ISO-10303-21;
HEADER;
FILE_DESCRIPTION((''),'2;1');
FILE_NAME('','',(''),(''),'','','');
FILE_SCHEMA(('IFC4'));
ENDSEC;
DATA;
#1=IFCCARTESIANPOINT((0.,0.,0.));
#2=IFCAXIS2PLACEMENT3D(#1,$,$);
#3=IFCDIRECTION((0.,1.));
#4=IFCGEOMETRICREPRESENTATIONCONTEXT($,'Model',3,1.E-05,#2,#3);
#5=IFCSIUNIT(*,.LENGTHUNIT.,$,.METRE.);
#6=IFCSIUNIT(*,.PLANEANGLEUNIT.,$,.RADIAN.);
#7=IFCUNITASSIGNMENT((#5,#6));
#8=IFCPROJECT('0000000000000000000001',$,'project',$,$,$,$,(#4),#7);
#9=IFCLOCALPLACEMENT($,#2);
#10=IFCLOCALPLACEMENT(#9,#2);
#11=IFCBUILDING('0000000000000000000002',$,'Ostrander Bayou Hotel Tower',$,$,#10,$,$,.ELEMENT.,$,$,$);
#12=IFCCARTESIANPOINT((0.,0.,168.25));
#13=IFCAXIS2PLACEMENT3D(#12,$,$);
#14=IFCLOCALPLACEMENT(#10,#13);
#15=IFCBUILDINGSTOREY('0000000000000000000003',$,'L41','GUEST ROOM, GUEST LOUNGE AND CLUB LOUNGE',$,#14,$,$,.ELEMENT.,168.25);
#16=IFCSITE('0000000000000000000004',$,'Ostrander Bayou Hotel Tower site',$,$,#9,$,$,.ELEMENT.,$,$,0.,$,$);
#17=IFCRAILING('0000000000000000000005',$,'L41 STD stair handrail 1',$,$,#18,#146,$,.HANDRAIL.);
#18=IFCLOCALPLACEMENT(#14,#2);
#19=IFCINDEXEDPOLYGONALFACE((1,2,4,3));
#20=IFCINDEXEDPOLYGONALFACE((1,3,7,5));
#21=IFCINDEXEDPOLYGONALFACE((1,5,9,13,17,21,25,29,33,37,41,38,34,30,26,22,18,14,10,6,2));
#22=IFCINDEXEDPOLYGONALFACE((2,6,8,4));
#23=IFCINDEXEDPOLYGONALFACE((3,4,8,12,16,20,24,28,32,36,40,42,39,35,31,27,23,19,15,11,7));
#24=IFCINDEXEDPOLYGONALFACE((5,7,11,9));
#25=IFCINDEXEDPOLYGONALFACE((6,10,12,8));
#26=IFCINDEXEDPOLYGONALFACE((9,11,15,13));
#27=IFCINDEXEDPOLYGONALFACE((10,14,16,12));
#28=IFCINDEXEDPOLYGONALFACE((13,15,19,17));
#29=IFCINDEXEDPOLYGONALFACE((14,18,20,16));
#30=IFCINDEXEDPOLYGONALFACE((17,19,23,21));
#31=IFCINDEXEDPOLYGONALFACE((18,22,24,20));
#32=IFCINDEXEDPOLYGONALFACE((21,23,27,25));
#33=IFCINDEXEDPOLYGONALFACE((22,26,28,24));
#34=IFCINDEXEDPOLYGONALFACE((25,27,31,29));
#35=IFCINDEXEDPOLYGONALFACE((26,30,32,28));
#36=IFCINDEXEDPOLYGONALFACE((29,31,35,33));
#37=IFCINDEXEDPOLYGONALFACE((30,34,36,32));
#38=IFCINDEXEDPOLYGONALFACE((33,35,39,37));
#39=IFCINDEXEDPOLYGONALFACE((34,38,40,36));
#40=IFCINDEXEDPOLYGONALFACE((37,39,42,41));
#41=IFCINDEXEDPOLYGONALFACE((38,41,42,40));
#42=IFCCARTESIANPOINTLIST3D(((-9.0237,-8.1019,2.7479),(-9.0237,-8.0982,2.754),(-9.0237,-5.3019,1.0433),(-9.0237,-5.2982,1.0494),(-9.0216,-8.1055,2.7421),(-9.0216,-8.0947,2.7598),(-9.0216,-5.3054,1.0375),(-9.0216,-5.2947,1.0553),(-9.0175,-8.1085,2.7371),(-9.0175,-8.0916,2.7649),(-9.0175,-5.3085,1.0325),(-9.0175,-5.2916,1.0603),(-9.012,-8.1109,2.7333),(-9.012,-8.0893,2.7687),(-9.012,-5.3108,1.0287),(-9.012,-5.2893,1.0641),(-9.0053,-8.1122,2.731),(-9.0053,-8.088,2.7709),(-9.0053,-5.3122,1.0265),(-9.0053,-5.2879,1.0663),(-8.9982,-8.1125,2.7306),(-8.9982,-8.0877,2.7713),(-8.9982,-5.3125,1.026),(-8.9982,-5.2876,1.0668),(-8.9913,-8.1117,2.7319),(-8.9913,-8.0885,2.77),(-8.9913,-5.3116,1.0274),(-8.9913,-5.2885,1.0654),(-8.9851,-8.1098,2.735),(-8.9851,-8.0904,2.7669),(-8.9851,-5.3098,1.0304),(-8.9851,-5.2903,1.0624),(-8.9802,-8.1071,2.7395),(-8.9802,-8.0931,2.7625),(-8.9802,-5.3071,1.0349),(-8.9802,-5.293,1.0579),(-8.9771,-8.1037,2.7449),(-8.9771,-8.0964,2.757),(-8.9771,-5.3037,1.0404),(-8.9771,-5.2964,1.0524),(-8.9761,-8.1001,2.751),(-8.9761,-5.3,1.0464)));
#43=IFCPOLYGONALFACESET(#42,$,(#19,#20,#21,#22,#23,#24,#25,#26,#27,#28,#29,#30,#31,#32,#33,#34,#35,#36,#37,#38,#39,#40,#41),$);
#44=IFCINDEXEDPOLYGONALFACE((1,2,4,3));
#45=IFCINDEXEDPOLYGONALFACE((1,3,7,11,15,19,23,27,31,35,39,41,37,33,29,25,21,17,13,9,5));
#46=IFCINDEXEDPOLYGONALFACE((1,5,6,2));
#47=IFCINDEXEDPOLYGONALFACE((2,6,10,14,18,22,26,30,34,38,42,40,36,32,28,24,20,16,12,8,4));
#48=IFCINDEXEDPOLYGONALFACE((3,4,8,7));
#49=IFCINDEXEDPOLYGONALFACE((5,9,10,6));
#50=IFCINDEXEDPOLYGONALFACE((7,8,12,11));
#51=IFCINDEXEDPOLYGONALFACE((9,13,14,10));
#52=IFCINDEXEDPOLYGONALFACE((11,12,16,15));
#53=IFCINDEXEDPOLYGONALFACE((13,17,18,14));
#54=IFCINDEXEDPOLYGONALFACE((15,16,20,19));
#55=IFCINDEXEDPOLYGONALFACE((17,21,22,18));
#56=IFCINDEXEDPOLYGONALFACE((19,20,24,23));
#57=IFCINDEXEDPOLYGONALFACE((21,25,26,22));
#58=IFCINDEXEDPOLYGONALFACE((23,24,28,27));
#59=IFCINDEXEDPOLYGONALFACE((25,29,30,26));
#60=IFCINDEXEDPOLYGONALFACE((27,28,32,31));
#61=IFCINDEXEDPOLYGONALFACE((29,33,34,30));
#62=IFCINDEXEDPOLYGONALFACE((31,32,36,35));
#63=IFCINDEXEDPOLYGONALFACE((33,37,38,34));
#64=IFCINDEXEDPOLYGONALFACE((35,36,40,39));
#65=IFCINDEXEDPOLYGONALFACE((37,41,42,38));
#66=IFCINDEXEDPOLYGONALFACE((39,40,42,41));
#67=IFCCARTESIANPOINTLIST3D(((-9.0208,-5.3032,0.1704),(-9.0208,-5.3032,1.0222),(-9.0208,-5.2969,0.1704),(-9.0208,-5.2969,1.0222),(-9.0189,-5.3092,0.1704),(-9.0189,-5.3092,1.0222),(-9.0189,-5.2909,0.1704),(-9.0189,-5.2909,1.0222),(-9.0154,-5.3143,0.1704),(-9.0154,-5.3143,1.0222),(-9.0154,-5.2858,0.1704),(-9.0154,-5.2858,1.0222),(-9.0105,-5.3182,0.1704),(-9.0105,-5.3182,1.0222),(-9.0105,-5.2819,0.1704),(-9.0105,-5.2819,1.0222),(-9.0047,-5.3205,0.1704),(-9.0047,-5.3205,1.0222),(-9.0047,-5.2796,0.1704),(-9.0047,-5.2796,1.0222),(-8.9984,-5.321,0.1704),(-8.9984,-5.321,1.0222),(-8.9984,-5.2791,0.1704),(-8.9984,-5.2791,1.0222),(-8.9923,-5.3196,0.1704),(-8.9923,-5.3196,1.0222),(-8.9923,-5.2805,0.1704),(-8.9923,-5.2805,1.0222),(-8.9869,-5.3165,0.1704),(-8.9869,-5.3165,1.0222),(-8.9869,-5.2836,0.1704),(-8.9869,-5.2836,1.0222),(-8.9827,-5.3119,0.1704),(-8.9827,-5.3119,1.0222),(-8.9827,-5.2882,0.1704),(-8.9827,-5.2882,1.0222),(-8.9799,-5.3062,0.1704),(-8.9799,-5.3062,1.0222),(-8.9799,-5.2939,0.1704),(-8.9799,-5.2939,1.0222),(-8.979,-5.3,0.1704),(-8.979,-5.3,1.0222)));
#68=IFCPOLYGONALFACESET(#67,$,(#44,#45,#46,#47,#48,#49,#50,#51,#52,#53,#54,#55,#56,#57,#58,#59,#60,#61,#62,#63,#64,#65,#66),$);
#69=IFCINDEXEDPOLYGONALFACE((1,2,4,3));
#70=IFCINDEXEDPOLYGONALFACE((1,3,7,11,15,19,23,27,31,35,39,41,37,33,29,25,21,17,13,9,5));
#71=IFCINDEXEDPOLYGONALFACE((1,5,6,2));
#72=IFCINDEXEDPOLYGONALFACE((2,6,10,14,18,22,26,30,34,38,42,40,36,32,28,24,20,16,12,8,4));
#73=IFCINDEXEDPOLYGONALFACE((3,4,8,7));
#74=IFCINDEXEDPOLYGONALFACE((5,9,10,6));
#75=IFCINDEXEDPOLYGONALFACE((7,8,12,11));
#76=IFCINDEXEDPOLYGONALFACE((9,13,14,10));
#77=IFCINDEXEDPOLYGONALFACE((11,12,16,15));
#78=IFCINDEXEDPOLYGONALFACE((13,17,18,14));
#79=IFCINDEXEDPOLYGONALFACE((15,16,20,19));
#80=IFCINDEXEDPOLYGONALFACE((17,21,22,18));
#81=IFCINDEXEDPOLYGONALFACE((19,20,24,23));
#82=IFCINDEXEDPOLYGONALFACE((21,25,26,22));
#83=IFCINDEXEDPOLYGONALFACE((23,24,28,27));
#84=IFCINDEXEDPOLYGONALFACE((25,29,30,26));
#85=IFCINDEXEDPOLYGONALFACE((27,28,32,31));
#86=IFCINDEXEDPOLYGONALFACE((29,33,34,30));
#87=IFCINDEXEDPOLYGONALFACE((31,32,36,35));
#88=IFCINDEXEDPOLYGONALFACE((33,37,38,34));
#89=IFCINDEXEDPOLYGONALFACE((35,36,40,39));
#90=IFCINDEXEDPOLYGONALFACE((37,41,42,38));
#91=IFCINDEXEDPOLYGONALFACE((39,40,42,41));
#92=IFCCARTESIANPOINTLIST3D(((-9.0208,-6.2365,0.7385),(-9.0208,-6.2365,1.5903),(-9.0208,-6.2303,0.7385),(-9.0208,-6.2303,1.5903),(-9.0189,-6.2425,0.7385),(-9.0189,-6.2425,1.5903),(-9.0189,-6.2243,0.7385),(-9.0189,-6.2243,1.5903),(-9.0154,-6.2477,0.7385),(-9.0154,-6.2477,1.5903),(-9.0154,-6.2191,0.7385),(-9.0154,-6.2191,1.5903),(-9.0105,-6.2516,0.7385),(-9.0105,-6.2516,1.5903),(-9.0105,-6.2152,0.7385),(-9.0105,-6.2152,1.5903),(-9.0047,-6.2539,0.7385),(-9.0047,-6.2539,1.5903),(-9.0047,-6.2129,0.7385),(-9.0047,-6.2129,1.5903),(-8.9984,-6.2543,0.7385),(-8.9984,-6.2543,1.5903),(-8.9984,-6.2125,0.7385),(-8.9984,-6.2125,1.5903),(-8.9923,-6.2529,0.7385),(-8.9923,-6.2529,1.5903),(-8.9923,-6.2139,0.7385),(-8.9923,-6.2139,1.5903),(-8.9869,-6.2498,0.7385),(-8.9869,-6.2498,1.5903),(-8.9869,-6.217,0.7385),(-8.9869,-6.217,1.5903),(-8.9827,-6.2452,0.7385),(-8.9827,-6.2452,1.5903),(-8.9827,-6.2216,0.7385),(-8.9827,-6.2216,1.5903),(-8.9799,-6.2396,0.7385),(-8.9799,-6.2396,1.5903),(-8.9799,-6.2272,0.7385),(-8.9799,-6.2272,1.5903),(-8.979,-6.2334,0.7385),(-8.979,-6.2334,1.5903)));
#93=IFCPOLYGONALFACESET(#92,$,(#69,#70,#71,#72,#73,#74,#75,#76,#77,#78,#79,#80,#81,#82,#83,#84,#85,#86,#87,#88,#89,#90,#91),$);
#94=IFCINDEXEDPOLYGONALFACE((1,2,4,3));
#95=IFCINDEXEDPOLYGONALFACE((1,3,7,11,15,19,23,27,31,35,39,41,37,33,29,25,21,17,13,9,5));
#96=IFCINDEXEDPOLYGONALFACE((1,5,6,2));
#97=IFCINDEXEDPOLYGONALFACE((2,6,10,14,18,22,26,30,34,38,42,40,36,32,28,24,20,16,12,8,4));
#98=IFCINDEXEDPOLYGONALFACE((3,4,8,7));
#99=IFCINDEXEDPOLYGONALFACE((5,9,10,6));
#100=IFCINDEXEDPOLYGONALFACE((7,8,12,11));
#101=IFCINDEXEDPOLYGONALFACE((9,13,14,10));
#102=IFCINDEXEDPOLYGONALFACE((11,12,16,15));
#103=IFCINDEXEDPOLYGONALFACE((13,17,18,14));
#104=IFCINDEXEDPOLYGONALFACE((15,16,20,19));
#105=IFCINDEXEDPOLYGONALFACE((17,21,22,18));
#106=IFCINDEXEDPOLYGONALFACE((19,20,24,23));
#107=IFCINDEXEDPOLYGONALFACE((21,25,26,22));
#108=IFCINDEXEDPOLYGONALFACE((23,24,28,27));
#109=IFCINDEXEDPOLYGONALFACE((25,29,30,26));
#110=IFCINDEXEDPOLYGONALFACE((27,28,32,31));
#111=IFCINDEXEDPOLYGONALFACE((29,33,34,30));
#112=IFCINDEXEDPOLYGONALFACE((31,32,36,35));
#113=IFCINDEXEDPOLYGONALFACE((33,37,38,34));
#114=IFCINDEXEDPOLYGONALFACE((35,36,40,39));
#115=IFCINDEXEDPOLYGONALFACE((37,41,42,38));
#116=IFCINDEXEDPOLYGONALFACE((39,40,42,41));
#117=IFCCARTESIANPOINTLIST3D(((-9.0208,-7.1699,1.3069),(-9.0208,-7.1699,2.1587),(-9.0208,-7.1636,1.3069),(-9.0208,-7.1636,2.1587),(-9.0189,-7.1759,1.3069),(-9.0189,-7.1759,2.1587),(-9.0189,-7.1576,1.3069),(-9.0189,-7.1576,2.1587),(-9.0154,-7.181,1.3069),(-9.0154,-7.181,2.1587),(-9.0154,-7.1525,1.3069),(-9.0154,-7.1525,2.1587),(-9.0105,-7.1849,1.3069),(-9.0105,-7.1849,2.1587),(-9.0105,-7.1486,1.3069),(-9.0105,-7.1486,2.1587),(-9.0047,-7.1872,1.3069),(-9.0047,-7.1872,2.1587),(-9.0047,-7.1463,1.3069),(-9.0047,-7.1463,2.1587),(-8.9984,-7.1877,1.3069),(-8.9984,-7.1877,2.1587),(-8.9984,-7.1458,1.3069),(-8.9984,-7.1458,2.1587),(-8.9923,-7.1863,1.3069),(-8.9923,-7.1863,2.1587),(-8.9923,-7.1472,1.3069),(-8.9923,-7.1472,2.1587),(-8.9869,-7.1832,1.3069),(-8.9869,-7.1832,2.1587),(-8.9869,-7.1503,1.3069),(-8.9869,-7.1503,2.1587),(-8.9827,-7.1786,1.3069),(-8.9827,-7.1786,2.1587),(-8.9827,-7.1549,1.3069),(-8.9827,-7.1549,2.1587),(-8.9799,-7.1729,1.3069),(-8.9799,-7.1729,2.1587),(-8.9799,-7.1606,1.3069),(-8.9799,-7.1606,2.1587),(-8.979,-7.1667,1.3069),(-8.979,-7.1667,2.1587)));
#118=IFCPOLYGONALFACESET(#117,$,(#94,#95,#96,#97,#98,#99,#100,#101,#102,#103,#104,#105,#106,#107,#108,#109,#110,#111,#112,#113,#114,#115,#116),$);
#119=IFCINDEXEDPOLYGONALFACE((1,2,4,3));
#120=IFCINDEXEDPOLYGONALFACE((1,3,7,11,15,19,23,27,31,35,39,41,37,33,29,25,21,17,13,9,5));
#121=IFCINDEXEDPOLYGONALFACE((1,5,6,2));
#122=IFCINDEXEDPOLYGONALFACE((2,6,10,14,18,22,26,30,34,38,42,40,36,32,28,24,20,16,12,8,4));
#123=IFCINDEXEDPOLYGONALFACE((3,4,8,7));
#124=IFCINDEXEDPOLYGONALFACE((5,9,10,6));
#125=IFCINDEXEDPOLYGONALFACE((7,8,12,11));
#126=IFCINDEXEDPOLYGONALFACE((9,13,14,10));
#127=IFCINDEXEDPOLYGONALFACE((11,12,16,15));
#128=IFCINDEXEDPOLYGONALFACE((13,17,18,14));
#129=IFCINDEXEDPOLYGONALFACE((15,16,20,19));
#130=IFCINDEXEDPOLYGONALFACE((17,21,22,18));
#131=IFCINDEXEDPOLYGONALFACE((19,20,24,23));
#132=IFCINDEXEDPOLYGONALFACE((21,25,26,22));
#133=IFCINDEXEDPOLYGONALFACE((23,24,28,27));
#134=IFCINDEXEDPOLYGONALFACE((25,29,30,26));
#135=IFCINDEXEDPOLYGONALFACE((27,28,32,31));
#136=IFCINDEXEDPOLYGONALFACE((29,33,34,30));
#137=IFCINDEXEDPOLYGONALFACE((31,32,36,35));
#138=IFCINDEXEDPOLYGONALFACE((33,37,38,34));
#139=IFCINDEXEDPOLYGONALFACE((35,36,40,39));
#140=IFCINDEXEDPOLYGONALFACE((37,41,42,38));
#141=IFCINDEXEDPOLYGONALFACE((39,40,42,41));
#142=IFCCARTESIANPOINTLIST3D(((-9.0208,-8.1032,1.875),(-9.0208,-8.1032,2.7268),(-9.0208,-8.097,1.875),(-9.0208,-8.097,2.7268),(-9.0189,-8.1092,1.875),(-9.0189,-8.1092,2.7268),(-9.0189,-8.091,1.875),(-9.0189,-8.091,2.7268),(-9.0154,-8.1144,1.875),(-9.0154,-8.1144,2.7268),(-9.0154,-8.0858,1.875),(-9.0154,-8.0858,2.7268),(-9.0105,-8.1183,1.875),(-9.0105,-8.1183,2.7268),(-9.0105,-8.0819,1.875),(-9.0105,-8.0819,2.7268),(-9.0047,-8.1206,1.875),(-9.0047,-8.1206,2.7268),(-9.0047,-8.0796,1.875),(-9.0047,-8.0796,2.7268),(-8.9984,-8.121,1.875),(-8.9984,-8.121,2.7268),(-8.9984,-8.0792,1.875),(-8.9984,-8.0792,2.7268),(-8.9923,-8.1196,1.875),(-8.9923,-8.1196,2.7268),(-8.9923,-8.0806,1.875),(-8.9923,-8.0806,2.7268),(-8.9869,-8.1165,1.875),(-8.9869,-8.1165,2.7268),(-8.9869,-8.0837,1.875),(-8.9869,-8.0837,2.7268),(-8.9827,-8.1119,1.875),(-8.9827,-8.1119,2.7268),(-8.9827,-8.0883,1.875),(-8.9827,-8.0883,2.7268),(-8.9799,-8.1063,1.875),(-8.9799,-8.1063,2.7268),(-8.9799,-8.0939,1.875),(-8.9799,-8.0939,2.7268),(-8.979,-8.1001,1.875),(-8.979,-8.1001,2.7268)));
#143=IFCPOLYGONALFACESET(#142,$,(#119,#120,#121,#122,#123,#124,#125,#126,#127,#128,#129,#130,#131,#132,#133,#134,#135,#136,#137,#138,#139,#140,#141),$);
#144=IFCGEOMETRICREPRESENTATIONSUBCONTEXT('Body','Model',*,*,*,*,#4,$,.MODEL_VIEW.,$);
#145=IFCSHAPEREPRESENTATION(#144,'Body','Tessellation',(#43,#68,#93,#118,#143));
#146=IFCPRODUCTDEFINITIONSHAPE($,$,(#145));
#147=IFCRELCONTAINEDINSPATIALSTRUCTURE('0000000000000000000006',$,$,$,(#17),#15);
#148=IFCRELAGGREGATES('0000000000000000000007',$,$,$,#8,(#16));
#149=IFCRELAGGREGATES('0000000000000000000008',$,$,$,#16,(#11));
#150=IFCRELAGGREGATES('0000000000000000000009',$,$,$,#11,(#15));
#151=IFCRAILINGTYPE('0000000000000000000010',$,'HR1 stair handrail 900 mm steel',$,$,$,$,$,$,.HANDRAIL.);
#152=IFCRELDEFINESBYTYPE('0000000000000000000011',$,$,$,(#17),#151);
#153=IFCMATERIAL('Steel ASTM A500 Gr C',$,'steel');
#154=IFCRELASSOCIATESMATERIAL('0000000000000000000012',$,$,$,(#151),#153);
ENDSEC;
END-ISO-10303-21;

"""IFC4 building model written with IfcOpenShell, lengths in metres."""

from ifc_helpers import new_model, si_unit, direction, frame, origin, origin_2d, place, context, subcontext, project, spatial, circle, extrude, material, type_object, element, save


model = new_model("IFC4")

# Units and contexts
model_context = context("Model", 3, precision=1e-05, world=origin(), true_north=direction((0.0, 1.0)))
body_context = subcontext(model_context, "Body", "Model", "MODEL_VIEW")
ifc_project = project(units=[si_unit("LENGTHUNIT", "METRE"), si_unit("PLANEANGLEUNIT", "RADIAN")], contexts=[model_context])

# Site, building, storey
site_placement = place(None, origin())
site = spatial("IfcSite", under=ifc_project, at=site_placement, Name="Ostrander Bayou Hotel Tower site", CompositionType="ELEMENT", RefElevation=0.0)
building_placement = place(site_placement, origin())
building = spatial("IfcBuilding", under=site, at=building_placement, Name="Ostrander Bayou Hotel Tower", CompositionType="ELEMENT")
storey_placement = place(building_placement, frame((0.0, 0.0, 168.25)))
storey = spatial("IfcBuildingStorey", under=building, at=storey_placement, Name="L41", Description="GUEST ROOM, GUEST LOUNGE AND CLUB LOUNGE", CompositionType="ELEMENT", Elevation=168.25)

# Railing
ifc_material_1 = material(Name="Steel ASTM A500 Gr C", Category="steel")
railing_type_1 = type_object("IfcRailingType", Name="HR1 stair handrail 900 mm steel", PredefinedType="HANDRAIL", material=ifc_material_1)
railing_1_placement = place(storey_placement, frame((-9.0, -5.3, 0.1704)))
element("IfcRailing", 1, at=railing_1_placement, inside=storey, type_object=railing_type_1, Name="L41 STD stair handrail 1", PredefinedType="HANDRAIL", context=body_context, shape_type="SweptSolid", body=[
    extrude(circle(Radius=0.0239, at=origin_2d()), frame((0.0, 0.0, 0.876), z_axis=(0.0, -0.85417, 0.519994), x_axis=(1.0, 0.0, 0.0)), (0.0, 0.0, 1.0), 3.2781),
    extrude(circle(Radius=0.021, at=origin_2d()), origin(), (0.0, 0.0, 1.0), 0.8518),
    extrude(circle(Radius=0.021, at=origin_2d()), frame((0.0, -0.9333, 0.5681)), (0.0, 0.0, 1.0), 0.8518),
    extrude(circle(Radius=0.021, at=origin_2d()), frame((0.0, -1.8667, 1.1365)), (0.0, 0.0, 1.0), 0.8518),
    extrude(circle(Radius=0.021, at=origin_2d()), frame((0.0, -2.8, 1.7046)), (0.0, 0.0, 1.0), 0.8518),
])

save(model, "model.ifc")
